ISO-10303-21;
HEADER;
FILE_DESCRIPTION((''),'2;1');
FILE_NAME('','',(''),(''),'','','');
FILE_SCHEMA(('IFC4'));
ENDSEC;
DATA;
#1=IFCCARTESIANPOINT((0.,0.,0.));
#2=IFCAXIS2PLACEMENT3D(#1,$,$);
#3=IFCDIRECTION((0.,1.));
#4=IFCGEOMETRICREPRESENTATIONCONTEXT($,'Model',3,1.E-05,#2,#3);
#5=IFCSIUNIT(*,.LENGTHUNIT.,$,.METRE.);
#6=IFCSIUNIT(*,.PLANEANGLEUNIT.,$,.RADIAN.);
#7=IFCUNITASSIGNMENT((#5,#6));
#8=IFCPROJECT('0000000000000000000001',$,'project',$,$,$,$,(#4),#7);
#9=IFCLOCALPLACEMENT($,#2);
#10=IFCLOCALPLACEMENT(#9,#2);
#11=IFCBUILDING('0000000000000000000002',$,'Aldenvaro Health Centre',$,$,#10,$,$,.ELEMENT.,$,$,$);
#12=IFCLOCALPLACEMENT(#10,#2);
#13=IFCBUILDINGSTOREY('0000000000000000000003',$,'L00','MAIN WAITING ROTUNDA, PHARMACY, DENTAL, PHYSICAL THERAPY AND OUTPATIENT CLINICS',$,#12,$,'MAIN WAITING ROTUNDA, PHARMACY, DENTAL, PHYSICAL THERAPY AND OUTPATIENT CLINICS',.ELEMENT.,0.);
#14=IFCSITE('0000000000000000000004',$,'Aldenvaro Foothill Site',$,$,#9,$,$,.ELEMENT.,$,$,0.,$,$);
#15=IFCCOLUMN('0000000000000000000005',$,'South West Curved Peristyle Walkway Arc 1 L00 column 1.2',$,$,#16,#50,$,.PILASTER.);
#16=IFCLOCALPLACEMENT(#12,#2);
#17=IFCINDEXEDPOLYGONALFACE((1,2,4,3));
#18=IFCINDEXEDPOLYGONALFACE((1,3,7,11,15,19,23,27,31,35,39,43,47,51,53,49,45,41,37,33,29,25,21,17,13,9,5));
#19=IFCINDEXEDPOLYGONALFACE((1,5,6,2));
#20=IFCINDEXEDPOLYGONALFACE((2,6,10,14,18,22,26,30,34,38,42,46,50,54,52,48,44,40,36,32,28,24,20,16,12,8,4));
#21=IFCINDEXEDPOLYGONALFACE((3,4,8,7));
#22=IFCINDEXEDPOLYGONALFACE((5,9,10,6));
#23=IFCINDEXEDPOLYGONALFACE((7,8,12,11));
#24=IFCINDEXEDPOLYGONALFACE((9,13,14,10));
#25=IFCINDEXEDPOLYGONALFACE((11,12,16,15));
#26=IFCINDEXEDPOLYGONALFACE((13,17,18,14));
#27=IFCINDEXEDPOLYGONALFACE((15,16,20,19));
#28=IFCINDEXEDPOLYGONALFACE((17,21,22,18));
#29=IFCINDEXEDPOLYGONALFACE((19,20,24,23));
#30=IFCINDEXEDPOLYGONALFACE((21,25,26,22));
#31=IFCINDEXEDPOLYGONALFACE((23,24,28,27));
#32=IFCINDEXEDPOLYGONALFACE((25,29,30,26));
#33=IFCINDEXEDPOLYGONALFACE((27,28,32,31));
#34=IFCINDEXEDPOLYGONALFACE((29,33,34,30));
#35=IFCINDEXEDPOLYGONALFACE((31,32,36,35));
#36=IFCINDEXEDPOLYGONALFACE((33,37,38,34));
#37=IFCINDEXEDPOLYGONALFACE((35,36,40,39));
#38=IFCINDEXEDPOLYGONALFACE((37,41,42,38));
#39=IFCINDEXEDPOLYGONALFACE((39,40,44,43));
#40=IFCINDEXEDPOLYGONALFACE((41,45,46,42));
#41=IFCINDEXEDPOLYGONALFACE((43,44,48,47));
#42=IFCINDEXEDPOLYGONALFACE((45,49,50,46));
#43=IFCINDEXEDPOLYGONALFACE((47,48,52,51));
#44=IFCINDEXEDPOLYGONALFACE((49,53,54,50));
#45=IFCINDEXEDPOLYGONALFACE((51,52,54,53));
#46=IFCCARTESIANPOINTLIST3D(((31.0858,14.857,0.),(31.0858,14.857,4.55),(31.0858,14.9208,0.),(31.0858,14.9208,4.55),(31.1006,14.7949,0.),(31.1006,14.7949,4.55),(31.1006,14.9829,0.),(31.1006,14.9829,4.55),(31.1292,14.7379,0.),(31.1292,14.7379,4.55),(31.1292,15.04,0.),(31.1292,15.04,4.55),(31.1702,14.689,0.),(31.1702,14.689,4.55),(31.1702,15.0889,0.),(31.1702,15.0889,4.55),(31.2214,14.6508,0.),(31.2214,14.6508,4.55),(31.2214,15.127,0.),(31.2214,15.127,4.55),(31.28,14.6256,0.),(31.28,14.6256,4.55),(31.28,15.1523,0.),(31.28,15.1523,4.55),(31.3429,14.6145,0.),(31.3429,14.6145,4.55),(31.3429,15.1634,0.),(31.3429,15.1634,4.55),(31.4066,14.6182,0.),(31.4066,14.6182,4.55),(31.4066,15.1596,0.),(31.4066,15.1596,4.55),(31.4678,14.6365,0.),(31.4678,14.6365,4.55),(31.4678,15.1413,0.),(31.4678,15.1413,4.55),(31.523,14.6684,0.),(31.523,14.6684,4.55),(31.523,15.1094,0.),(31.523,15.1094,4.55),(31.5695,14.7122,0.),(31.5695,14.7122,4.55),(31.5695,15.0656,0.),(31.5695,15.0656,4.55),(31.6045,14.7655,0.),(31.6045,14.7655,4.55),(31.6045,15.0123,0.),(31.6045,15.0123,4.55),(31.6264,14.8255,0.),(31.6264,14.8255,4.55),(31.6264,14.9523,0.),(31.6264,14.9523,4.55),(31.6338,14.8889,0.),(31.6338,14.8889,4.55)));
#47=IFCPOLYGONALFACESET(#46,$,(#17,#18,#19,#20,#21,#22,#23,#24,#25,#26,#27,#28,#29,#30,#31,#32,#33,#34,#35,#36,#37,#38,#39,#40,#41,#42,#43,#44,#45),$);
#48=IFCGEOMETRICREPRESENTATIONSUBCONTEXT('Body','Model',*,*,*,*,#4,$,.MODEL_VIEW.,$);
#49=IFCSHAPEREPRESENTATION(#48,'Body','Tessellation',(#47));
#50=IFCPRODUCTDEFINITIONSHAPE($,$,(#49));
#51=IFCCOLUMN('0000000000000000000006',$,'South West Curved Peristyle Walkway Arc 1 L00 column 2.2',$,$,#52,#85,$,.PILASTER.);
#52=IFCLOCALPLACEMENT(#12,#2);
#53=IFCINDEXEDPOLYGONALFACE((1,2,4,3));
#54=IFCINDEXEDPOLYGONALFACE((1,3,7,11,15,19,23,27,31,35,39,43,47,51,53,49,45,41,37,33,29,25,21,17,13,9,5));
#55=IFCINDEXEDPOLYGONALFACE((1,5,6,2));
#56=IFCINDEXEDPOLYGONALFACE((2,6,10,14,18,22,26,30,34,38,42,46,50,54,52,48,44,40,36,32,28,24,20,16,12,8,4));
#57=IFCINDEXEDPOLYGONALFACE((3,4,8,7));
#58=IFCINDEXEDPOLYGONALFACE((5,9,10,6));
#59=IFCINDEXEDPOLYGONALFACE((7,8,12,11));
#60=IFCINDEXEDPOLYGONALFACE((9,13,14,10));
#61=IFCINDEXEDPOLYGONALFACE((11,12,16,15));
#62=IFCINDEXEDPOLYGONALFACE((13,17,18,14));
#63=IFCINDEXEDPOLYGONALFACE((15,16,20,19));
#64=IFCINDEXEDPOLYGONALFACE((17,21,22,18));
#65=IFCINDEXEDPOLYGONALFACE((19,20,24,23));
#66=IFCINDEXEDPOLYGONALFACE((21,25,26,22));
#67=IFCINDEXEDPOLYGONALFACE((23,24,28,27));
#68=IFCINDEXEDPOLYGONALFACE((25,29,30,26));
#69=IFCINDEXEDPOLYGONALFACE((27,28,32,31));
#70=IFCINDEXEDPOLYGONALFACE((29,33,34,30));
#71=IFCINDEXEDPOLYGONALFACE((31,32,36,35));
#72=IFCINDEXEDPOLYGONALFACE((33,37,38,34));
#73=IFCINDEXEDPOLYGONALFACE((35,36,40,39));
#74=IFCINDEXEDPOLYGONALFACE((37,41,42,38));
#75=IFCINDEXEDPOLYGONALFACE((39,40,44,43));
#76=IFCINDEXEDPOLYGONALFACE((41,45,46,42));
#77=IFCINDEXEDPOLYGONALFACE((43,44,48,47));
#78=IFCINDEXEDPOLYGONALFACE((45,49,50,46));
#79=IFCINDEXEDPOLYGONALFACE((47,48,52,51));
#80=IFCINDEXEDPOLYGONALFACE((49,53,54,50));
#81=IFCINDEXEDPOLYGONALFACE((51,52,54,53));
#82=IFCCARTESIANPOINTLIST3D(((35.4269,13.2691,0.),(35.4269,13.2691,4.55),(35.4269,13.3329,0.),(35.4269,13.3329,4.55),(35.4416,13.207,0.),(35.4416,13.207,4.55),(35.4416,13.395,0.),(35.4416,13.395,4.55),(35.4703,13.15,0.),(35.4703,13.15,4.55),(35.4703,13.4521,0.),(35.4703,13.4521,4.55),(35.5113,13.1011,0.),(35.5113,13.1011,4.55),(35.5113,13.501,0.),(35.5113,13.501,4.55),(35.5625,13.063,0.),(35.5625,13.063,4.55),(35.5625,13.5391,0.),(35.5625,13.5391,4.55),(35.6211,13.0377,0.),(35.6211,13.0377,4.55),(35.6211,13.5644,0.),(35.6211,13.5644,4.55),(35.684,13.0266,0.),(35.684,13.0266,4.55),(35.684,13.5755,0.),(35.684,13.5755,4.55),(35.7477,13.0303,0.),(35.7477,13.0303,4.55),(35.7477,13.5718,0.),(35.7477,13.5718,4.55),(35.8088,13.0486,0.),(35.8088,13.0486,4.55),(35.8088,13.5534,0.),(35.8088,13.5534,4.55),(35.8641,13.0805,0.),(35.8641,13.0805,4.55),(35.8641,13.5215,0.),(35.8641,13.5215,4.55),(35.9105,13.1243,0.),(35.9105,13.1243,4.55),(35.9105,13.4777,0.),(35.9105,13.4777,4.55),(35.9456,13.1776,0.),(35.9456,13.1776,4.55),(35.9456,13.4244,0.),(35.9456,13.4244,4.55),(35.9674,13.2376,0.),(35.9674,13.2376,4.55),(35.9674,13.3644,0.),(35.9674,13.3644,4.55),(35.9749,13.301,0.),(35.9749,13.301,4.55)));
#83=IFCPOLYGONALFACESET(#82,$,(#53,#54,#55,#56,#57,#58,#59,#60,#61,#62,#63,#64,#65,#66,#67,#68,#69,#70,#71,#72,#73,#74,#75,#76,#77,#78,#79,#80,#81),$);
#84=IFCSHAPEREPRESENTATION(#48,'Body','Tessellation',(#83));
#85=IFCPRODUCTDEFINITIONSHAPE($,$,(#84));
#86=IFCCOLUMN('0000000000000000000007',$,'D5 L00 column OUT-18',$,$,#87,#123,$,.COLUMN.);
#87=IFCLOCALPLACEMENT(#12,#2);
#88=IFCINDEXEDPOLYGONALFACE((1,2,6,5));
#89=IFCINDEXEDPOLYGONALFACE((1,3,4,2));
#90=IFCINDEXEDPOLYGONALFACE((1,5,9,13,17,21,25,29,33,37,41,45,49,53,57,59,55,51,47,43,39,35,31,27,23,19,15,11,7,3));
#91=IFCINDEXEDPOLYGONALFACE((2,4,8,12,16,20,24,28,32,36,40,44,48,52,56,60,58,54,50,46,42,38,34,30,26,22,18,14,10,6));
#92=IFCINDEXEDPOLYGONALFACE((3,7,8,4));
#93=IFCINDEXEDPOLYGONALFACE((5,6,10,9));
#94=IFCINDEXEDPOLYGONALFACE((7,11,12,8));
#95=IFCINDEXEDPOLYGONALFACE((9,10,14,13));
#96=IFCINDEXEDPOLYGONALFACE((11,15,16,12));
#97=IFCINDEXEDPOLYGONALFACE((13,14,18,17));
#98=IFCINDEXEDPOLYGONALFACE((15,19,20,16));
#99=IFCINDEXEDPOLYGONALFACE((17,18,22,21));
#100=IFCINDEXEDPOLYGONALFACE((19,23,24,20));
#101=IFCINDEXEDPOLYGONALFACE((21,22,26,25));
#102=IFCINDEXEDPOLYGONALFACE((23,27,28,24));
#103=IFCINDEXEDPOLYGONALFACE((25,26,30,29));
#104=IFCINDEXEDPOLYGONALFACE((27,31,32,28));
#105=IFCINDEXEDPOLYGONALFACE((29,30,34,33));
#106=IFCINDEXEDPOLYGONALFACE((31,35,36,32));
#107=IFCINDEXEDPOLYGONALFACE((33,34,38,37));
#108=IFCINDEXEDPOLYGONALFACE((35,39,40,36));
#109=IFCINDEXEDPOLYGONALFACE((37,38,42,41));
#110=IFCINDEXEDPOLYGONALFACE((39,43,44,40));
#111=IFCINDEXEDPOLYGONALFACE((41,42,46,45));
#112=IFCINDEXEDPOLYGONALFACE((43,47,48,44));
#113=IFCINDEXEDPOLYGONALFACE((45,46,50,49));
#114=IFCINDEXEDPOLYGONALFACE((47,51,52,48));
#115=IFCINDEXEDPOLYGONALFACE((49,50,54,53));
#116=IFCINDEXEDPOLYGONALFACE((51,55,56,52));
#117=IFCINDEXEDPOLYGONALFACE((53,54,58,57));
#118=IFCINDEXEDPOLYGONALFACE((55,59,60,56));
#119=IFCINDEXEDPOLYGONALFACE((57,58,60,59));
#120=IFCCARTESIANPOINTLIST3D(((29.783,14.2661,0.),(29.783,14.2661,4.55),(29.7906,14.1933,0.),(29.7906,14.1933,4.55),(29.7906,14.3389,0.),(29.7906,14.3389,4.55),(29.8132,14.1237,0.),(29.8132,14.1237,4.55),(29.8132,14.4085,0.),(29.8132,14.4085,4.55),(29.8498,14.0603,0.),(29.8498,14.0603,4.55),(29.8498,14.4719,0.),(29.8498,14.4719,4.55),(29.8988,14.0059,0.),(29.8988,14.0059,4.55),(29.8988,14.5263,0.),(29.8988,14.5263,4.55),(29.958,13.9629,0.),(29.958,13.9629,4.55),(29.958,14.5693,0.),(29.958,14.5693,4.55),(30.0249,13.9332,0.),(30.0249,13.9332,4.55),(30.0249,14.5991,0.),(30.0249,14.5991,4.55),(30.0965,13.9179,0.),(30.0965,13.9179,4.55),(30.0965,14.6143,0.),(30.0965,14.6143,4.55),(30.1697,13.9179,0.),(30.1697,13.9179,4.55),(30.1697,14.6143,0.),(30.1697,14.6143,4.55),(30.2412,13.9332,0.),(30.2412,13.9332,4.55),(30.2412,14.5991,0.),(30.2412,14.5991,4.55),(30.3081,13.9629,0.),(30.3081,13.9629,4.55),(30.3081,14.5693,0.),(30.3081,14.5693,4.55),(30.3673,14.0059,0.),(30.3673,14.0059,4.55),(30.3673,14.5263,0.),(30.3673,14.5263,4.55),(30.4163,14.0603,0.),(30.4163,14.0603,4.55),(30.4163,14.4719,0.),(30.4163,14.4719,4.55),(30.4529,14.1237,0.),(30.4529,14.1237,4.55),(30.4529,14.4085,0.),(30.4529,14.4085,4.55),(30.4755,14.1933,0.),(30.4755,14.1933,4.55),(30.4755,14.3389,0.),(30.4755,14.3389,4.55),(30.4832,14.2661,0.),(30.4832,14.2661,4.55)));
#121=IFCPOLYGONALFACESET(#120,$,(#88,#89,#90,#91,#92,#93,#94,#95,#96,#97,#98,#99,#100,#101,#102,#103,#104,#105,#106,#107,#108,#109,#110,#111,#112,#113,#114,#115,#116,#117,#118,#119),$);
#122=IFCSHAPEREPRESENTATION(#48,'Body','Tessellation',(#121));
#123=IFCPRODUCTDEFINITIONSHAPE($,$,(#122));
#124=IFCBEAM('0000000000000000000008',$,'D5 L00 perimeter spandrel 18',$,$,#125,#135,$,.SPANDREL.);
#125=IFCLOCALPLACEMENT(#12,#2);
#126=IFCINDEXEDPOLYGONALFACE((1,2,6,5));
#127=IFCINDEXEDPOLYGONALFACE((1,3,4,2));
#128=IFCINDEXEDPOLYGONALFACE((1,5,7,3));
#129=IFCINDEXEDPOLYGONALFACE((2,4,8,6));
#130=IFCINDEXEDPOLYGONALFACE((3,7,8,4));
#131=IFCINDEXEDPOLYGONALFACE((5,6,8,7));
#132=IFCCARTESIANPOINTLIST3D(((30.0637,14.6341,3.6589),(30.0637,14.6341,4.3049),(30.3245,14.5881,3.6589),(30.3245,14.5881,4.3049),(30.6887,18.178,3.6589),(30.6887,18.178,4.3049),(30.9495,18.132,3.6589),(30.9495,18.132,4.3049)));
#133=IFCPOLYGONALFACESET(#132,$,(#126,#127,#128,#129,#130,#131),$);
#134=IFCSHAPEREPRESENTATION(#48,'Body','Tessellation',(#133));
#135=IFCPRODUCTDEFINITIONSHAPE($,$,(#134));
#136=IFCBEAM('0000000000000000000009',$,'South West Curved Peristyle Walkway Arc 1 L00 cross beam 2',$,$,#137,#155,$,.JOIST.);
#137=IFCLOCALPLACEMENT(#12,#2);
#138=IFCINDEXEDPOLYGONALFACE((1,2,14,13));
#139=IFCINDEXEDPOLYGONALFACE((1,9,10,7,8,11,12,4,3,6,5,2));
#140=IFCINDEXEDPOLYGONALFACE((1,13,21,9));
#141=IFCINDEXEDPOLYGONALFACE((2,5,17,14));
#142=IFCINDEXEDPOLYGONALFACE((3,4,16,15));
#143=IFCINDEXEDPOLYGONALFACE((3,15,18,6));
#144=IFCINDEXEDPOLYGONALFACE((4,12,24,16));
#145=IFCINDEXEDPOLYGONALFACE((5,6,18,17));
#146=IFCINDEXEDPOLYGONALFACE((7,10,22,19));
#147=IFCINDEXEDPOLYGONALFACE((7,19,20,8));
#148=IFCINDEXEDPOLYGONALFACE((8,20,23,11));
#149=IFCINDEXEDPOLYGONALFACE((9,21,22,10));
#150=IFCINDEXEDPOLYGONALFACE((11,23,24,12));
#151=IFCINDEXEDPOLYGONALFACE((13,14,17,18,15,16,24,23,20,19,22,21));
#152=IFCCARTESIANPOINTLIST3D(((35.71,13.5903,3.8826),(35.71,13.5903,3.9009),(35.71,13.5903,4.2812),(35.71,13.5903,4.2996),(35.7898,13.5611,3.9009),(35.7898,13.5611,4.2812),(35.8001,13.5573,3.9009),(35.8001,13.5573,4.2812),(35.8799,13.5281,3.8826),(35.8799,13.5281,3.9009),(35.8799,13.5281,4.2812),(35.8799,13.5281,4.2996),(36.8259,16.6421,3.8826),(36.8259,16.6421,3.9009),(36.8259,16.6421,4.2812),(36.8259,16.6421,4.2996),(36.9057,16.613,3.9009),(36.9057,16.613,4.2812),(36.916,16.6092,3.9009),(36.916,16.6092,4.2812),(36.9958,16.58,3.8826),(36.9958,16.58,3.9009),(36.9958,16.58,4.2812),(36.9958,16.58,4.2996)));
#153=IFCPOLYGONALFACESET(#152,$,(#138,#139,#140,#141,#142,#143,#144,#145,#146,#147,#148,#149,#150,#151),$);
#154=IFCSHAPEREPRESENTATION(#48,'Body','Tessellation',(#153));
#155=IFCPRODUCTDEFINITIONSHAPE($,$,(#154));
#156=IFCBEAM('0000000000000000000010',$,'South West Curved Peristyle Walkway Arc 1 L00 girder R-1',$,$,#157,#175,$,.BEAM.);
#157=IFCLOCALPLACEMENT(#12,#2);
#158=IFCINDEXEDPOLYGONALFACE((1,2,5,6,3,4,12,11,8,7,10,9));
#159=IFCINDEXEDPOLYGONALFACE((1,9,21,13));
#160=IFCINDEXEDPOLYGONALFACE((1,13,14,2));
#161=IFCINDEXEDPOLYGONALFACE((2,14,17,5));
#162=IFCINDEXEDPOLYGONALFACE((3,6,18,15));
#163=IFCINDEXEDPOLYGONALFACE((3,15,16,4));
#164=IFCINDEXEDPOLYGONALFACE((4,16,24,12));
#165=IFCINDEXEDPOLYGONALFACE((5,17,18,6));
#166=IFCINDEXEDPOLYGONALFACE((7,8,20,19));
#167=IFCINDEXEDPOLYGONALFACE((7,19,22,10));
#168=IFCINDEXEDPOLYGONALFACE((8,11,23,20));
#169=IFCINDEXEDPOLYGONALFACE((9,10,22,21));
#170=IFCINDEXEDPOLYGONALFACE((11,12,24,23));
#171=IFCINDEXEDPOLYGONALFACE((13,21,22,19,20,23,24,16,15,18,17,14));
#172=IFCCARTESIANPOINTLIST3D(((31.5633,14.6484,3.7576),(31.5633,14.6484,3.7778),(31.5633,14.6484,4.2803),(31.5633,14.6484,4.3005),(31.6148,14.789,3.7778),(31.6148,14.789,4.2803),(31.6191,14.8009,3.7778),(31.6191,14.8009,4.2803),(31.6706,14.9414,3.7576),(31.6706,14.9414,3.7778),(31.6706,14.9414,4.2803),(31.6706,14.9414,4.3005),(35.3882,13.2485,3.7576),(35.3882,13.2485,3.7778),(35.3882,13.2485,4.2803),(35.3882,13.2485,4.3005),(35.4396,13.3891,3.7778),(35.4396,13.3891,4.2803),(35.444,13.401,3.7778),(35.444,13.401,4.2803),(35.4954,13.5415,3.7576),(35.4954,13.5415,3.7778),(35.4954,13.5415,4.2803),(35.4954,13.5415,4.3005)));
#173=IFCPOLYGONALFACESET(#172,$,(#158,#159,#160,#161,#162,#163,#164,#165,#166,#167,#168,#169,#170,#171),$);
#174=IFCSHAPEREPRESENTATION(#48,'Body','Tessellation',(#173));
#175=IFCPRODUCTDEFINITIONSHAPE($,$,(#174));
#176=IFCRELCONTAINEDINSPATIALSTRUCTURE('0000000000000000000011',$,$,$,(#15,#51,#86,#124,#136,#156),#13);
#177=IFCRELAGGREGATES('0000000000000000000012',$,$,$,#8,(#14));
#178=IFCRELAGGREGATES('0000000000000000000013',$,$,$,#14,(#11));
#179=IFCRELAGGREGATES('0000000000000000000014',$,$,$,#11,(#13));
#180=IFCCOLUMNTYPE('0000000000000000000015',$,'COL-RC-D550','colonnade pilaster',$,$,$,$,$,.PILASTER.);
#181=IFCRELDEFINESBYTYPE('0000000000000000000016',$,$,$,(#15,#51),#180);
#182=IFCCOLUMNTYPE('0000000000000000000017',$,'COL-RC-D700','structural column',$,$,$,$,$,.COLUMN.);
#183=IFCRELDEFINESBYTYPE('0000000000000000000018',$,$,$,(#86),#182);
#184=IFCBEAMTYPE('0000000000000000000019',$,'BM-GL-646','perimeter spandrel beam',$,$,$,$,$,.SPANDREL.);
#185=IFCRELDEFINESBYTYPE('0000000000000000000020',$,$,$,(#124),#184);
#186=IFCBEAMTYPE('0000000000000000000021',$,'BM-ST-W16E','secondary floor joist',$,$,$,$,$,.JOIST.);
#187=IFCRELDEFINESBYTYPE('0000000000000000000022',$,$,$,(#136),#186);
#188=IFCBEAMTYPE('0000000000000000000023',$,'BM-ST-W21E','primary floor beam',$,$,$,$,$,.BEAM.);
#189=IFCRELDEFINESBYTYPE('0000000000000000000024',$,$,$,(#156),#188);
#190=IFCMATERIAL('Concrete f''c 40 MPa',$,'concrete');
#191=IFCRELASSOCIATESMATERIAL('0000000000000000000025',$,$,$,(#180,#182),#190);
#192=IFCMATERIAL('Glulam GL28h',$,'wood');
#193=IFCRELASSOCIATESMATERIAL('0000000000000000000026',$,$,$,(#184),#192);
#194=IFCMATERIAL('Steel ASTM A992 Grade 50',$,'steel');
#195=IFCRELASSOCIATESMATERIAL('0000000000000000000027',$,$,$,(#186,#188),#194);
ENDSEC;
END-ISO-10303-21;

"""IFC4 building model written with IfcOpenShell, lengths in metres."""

from ifc_helpers import new_model, si_unit, direction, frame, origin, origin_2d, place, context, subcontext, project, spatial, rectangle, circle, i_section, extrude, material, material_profile, profile_set, type_object, element, save


model = new_model("IFC4")

# Units and contexts
model_context = context("Model", 3, precision=1e-05, world=origin(), true_north=direction((0.0, 1.0)))
body_context = subcontext(model_context, "Body", "Model", "MODEL_VIEW")
ifc_project = project(units=[si_unit("LENGTHUNIT", "METRE"), si_unit("PLANEANGLEUNIT", "RADIAN")], contexts=[model_context])

# Site, building, storey
site_placement = place(None, origin())
site = spatial("IfcSite", under=ifc_project, at=site_placement, Name="Aldenvaro Foothill Site", CompositionType="ELEMENT", RefElevation=0.0)
building_placement = place(site_placement, origin())
building = spatial("IfcBuilding", under=site, at=building_placement, Name="Aldenvaro Health Centre", CompositionType="ELEMENT")
storey_placement = place(building_placement, origin())
storey = spatial("IfcBuildingStorey", under=building, at=storey_placement, Name="L00", Description="MAIN WAITING ROTUNDA, PHARMACY, DENTAL, PHYSICAL THERAPY AND OUTPATIENT CLINICS", LongName="MAIN WAITING ROTUNDA, PHARMACY, DENTAL, PHYSICAL THERAPY AND OUTPATIENT CLINICS", CompositionType="ELEMENT", Elevation=0.0)

# Columns
ifc_material_1 = material(Name="Concrete f'c 40 MPa", Category="concrete")
ifc_material_profile_1 = material_profile(ifc_material_1, circle(Radius=0.2749, at=origin_2d()), Name="RC D550", Category="concrete")
ifc_profile_set_1 = profile_set([ifc_material_profile_1], Name="Concrete f'c 40 MPa")
column_type_1 = type_object("IfcColumnType", Name="COL-RC-D550", Description="colonnade pilaster", PredefinedType="PILASTER", material=ifc_profile_set_1)
for number, where, z_axis, x_axis, name in (
    (1, (31.3589, 14.8889, 0.0), (0.0, 0.0, 1.0), (1.0, 0.0, 0.0), "South West Curved Peristyle Walkway Arc 1 L00 column 1.2"),
    (2, (35.7, 13.301, 0.0), (0.0, 0.0, 1.0), (1.0, 0.0, 0.0), "South West Curved Peristyle Walkway Arc 1 L00 column 2.2"),
):
    element("IfcColumn", number, at=place(storey_placement, frame(where, z_axis=z_axis, x_axis=x_axis)), inside=storey, type_object=column_type_1, Name=name, PredefinedType="PILASTER", context=body_context, shape_type="SweptSolid", body=[
        extrude(circle(Radius=0.2749, at=origin_2d()), origin(), (0.0, 0.0, 1.0), 4.55),
    ])
ifc_material_profile_2 = material_profile(ifc_material_1, circle(Radius=0.3501, at=origin_2d()), Name="RC D700", Category="concrete")
ifc_profile_set_2 = profile_set([ifc_material_profile_2], Name="Concrete f'c 40 MPa")
column_type_2 = type_object("IfcColumnType", Name="COL-RC-D700", Description="structural column", PredefinedType="COLUMN", material=ifc_profile_set_2)
column_placement = place(storey_placement, frame((30.1331, 14.2661, 0.0), z_axis=(0.0, 0.0, 1.0), x_axis=(1.0, 0.0, 0.0)))
element("IfcColumn", 3, at=column_placement, inside=storey, type_object=column_type_2, Name="D5 L00 column OUT-18", PredefinedType="COLUMN", context=body_context, shape_type="SweptSolid", body=[
    extrude(circle(Radius=0.3501, at=origin_2d()), origin(), (0.0, 0.0, 1.0), 4.55),
])

# Beams
ifc_material_2 = material(Name="Glulam GL28h", Category="wood")
ifc_material_profile_3 = material_profile(ifc_material_2, rectangle(XDim=0.2649, YDim=0.646, at=origin_2d()), Name="GL 265x646", Category="wood")
ifc_profile_set_3 = profile_set([ifc_material_profile_3], Name="Glulam GL28h")
beam_type_1 = type_object("IfcBeamType", Name="BM-GL-646", Description="perimeter spandrel beam", PredefinedType="SPANDREL", material=ifc_profile_set_3)
beam_1_placement = place(storey_placement, frame((30.1941, 14.6111, 3.9819), z_axis=(0.173677, 0.984803, 0.0), x_axis=(-0.984803, 0.173677, 0.0)))
element("IfcBeam", 4, at=beam_1_placement, inside=storey, type_object=beam_type_1, Name="D5 L00 perimeter spandrel 18", PredefinedType="SPANDREL", context=body_context, shape_type="SweptSolid", body=[
    extrude(rectangle(XDim=0.2649, YDim=0.646, at=origin_2d()), origin(), (0.0, 0.0, 1.0), 3.5986),
])
ifc_material_3 = material(Name="Steel ASTM A992 Grade 50", Category="steel")
ifc_material_profile_4 = material_profile(ifc_material_3, i_section(OverallWidth=0.1809, OverallDepth=0.417, WebThickness=0.011, FlangeThickness=0.0183, at=origin_2d()), Name="W16X57", Category="steel")
ifc_profile_set_4 = profile_set([ifc_material_profile_4], Name="Steel ASTM A992 Grade 50")
beam_type_2 = type_object("IfcBeamType", Name="BM-ST-W16E", Description="secondary floor joist", PredefinedType="JOIST", material=ifc_profile_set_4)
beam_2_placement = place(storey_placement, frame((36.9109, 16.6111, 4.0911), z_axis=(-0.343413, -0.939184, 0.0), x_axis=(0.939184, -0.343413, 0.0)))
element("IfcBeam", 5, at=beam_2_placement, inside=storey, type_object=beam_type_2, Name="South West Curved Peristyle Walkway Arc 1 L00 cross beam 2", PredefinedType="JOIST", context=body_context, shape_type="SweptSolid", body=[
    extrude(i_section(OverallWidth=0.1809, OverallDepth=0.417, WebThickness=0.011, FlangeThickness=0.0183, at=origin_2d()), origin(), (0.0, 0.0, 1.0), 3.2495),
])
ifc_material_profile_5 = material_profile(ifc_material_3, i_section(OverallWidth=0.312, OverallDepth=0.543, WebThickness=0.0127, FlangeThickness=0.0203, at=origin_2d()), Name="W21X101", Category="steel")
ifc_profile_set_5 = profile_set([ifc_material_profile_5], Name="Steel ASTM A992 Grade 50")
beam_type_3 = type_object("IfcBeamType", Name="BM-ST-W21E", Description="primary floor beam", PredefinedType="BEAM", material=ifc_profile_set_5)
beam_3_placement = place(storey_placement, frame((31.6169, 14.7949, 4.0291), z_axis=(0.939081, -0.343696, 0.0), x_axis=(0.343696, 0.939081, 0.0)))
element("IfcBeam", 6, at=beam_3_placement, inside=storey, type_object=beam_type_3, Name="South West Curved Peristyle Walkway Arc 1 L00 girder R-1", PredefinedType="BEAM", context=body_context, shape_type="SweptSolid", body=[
    extrude(i_section(OverallWidth=0.312, OverallDepth=0.543, WebThickness=0.0127, FlangeThickness=0.0203, at=origin_2d()), origin(), (0.0, 0.0, 1.0), 4.073),
])

save(model, "model.ifc")
